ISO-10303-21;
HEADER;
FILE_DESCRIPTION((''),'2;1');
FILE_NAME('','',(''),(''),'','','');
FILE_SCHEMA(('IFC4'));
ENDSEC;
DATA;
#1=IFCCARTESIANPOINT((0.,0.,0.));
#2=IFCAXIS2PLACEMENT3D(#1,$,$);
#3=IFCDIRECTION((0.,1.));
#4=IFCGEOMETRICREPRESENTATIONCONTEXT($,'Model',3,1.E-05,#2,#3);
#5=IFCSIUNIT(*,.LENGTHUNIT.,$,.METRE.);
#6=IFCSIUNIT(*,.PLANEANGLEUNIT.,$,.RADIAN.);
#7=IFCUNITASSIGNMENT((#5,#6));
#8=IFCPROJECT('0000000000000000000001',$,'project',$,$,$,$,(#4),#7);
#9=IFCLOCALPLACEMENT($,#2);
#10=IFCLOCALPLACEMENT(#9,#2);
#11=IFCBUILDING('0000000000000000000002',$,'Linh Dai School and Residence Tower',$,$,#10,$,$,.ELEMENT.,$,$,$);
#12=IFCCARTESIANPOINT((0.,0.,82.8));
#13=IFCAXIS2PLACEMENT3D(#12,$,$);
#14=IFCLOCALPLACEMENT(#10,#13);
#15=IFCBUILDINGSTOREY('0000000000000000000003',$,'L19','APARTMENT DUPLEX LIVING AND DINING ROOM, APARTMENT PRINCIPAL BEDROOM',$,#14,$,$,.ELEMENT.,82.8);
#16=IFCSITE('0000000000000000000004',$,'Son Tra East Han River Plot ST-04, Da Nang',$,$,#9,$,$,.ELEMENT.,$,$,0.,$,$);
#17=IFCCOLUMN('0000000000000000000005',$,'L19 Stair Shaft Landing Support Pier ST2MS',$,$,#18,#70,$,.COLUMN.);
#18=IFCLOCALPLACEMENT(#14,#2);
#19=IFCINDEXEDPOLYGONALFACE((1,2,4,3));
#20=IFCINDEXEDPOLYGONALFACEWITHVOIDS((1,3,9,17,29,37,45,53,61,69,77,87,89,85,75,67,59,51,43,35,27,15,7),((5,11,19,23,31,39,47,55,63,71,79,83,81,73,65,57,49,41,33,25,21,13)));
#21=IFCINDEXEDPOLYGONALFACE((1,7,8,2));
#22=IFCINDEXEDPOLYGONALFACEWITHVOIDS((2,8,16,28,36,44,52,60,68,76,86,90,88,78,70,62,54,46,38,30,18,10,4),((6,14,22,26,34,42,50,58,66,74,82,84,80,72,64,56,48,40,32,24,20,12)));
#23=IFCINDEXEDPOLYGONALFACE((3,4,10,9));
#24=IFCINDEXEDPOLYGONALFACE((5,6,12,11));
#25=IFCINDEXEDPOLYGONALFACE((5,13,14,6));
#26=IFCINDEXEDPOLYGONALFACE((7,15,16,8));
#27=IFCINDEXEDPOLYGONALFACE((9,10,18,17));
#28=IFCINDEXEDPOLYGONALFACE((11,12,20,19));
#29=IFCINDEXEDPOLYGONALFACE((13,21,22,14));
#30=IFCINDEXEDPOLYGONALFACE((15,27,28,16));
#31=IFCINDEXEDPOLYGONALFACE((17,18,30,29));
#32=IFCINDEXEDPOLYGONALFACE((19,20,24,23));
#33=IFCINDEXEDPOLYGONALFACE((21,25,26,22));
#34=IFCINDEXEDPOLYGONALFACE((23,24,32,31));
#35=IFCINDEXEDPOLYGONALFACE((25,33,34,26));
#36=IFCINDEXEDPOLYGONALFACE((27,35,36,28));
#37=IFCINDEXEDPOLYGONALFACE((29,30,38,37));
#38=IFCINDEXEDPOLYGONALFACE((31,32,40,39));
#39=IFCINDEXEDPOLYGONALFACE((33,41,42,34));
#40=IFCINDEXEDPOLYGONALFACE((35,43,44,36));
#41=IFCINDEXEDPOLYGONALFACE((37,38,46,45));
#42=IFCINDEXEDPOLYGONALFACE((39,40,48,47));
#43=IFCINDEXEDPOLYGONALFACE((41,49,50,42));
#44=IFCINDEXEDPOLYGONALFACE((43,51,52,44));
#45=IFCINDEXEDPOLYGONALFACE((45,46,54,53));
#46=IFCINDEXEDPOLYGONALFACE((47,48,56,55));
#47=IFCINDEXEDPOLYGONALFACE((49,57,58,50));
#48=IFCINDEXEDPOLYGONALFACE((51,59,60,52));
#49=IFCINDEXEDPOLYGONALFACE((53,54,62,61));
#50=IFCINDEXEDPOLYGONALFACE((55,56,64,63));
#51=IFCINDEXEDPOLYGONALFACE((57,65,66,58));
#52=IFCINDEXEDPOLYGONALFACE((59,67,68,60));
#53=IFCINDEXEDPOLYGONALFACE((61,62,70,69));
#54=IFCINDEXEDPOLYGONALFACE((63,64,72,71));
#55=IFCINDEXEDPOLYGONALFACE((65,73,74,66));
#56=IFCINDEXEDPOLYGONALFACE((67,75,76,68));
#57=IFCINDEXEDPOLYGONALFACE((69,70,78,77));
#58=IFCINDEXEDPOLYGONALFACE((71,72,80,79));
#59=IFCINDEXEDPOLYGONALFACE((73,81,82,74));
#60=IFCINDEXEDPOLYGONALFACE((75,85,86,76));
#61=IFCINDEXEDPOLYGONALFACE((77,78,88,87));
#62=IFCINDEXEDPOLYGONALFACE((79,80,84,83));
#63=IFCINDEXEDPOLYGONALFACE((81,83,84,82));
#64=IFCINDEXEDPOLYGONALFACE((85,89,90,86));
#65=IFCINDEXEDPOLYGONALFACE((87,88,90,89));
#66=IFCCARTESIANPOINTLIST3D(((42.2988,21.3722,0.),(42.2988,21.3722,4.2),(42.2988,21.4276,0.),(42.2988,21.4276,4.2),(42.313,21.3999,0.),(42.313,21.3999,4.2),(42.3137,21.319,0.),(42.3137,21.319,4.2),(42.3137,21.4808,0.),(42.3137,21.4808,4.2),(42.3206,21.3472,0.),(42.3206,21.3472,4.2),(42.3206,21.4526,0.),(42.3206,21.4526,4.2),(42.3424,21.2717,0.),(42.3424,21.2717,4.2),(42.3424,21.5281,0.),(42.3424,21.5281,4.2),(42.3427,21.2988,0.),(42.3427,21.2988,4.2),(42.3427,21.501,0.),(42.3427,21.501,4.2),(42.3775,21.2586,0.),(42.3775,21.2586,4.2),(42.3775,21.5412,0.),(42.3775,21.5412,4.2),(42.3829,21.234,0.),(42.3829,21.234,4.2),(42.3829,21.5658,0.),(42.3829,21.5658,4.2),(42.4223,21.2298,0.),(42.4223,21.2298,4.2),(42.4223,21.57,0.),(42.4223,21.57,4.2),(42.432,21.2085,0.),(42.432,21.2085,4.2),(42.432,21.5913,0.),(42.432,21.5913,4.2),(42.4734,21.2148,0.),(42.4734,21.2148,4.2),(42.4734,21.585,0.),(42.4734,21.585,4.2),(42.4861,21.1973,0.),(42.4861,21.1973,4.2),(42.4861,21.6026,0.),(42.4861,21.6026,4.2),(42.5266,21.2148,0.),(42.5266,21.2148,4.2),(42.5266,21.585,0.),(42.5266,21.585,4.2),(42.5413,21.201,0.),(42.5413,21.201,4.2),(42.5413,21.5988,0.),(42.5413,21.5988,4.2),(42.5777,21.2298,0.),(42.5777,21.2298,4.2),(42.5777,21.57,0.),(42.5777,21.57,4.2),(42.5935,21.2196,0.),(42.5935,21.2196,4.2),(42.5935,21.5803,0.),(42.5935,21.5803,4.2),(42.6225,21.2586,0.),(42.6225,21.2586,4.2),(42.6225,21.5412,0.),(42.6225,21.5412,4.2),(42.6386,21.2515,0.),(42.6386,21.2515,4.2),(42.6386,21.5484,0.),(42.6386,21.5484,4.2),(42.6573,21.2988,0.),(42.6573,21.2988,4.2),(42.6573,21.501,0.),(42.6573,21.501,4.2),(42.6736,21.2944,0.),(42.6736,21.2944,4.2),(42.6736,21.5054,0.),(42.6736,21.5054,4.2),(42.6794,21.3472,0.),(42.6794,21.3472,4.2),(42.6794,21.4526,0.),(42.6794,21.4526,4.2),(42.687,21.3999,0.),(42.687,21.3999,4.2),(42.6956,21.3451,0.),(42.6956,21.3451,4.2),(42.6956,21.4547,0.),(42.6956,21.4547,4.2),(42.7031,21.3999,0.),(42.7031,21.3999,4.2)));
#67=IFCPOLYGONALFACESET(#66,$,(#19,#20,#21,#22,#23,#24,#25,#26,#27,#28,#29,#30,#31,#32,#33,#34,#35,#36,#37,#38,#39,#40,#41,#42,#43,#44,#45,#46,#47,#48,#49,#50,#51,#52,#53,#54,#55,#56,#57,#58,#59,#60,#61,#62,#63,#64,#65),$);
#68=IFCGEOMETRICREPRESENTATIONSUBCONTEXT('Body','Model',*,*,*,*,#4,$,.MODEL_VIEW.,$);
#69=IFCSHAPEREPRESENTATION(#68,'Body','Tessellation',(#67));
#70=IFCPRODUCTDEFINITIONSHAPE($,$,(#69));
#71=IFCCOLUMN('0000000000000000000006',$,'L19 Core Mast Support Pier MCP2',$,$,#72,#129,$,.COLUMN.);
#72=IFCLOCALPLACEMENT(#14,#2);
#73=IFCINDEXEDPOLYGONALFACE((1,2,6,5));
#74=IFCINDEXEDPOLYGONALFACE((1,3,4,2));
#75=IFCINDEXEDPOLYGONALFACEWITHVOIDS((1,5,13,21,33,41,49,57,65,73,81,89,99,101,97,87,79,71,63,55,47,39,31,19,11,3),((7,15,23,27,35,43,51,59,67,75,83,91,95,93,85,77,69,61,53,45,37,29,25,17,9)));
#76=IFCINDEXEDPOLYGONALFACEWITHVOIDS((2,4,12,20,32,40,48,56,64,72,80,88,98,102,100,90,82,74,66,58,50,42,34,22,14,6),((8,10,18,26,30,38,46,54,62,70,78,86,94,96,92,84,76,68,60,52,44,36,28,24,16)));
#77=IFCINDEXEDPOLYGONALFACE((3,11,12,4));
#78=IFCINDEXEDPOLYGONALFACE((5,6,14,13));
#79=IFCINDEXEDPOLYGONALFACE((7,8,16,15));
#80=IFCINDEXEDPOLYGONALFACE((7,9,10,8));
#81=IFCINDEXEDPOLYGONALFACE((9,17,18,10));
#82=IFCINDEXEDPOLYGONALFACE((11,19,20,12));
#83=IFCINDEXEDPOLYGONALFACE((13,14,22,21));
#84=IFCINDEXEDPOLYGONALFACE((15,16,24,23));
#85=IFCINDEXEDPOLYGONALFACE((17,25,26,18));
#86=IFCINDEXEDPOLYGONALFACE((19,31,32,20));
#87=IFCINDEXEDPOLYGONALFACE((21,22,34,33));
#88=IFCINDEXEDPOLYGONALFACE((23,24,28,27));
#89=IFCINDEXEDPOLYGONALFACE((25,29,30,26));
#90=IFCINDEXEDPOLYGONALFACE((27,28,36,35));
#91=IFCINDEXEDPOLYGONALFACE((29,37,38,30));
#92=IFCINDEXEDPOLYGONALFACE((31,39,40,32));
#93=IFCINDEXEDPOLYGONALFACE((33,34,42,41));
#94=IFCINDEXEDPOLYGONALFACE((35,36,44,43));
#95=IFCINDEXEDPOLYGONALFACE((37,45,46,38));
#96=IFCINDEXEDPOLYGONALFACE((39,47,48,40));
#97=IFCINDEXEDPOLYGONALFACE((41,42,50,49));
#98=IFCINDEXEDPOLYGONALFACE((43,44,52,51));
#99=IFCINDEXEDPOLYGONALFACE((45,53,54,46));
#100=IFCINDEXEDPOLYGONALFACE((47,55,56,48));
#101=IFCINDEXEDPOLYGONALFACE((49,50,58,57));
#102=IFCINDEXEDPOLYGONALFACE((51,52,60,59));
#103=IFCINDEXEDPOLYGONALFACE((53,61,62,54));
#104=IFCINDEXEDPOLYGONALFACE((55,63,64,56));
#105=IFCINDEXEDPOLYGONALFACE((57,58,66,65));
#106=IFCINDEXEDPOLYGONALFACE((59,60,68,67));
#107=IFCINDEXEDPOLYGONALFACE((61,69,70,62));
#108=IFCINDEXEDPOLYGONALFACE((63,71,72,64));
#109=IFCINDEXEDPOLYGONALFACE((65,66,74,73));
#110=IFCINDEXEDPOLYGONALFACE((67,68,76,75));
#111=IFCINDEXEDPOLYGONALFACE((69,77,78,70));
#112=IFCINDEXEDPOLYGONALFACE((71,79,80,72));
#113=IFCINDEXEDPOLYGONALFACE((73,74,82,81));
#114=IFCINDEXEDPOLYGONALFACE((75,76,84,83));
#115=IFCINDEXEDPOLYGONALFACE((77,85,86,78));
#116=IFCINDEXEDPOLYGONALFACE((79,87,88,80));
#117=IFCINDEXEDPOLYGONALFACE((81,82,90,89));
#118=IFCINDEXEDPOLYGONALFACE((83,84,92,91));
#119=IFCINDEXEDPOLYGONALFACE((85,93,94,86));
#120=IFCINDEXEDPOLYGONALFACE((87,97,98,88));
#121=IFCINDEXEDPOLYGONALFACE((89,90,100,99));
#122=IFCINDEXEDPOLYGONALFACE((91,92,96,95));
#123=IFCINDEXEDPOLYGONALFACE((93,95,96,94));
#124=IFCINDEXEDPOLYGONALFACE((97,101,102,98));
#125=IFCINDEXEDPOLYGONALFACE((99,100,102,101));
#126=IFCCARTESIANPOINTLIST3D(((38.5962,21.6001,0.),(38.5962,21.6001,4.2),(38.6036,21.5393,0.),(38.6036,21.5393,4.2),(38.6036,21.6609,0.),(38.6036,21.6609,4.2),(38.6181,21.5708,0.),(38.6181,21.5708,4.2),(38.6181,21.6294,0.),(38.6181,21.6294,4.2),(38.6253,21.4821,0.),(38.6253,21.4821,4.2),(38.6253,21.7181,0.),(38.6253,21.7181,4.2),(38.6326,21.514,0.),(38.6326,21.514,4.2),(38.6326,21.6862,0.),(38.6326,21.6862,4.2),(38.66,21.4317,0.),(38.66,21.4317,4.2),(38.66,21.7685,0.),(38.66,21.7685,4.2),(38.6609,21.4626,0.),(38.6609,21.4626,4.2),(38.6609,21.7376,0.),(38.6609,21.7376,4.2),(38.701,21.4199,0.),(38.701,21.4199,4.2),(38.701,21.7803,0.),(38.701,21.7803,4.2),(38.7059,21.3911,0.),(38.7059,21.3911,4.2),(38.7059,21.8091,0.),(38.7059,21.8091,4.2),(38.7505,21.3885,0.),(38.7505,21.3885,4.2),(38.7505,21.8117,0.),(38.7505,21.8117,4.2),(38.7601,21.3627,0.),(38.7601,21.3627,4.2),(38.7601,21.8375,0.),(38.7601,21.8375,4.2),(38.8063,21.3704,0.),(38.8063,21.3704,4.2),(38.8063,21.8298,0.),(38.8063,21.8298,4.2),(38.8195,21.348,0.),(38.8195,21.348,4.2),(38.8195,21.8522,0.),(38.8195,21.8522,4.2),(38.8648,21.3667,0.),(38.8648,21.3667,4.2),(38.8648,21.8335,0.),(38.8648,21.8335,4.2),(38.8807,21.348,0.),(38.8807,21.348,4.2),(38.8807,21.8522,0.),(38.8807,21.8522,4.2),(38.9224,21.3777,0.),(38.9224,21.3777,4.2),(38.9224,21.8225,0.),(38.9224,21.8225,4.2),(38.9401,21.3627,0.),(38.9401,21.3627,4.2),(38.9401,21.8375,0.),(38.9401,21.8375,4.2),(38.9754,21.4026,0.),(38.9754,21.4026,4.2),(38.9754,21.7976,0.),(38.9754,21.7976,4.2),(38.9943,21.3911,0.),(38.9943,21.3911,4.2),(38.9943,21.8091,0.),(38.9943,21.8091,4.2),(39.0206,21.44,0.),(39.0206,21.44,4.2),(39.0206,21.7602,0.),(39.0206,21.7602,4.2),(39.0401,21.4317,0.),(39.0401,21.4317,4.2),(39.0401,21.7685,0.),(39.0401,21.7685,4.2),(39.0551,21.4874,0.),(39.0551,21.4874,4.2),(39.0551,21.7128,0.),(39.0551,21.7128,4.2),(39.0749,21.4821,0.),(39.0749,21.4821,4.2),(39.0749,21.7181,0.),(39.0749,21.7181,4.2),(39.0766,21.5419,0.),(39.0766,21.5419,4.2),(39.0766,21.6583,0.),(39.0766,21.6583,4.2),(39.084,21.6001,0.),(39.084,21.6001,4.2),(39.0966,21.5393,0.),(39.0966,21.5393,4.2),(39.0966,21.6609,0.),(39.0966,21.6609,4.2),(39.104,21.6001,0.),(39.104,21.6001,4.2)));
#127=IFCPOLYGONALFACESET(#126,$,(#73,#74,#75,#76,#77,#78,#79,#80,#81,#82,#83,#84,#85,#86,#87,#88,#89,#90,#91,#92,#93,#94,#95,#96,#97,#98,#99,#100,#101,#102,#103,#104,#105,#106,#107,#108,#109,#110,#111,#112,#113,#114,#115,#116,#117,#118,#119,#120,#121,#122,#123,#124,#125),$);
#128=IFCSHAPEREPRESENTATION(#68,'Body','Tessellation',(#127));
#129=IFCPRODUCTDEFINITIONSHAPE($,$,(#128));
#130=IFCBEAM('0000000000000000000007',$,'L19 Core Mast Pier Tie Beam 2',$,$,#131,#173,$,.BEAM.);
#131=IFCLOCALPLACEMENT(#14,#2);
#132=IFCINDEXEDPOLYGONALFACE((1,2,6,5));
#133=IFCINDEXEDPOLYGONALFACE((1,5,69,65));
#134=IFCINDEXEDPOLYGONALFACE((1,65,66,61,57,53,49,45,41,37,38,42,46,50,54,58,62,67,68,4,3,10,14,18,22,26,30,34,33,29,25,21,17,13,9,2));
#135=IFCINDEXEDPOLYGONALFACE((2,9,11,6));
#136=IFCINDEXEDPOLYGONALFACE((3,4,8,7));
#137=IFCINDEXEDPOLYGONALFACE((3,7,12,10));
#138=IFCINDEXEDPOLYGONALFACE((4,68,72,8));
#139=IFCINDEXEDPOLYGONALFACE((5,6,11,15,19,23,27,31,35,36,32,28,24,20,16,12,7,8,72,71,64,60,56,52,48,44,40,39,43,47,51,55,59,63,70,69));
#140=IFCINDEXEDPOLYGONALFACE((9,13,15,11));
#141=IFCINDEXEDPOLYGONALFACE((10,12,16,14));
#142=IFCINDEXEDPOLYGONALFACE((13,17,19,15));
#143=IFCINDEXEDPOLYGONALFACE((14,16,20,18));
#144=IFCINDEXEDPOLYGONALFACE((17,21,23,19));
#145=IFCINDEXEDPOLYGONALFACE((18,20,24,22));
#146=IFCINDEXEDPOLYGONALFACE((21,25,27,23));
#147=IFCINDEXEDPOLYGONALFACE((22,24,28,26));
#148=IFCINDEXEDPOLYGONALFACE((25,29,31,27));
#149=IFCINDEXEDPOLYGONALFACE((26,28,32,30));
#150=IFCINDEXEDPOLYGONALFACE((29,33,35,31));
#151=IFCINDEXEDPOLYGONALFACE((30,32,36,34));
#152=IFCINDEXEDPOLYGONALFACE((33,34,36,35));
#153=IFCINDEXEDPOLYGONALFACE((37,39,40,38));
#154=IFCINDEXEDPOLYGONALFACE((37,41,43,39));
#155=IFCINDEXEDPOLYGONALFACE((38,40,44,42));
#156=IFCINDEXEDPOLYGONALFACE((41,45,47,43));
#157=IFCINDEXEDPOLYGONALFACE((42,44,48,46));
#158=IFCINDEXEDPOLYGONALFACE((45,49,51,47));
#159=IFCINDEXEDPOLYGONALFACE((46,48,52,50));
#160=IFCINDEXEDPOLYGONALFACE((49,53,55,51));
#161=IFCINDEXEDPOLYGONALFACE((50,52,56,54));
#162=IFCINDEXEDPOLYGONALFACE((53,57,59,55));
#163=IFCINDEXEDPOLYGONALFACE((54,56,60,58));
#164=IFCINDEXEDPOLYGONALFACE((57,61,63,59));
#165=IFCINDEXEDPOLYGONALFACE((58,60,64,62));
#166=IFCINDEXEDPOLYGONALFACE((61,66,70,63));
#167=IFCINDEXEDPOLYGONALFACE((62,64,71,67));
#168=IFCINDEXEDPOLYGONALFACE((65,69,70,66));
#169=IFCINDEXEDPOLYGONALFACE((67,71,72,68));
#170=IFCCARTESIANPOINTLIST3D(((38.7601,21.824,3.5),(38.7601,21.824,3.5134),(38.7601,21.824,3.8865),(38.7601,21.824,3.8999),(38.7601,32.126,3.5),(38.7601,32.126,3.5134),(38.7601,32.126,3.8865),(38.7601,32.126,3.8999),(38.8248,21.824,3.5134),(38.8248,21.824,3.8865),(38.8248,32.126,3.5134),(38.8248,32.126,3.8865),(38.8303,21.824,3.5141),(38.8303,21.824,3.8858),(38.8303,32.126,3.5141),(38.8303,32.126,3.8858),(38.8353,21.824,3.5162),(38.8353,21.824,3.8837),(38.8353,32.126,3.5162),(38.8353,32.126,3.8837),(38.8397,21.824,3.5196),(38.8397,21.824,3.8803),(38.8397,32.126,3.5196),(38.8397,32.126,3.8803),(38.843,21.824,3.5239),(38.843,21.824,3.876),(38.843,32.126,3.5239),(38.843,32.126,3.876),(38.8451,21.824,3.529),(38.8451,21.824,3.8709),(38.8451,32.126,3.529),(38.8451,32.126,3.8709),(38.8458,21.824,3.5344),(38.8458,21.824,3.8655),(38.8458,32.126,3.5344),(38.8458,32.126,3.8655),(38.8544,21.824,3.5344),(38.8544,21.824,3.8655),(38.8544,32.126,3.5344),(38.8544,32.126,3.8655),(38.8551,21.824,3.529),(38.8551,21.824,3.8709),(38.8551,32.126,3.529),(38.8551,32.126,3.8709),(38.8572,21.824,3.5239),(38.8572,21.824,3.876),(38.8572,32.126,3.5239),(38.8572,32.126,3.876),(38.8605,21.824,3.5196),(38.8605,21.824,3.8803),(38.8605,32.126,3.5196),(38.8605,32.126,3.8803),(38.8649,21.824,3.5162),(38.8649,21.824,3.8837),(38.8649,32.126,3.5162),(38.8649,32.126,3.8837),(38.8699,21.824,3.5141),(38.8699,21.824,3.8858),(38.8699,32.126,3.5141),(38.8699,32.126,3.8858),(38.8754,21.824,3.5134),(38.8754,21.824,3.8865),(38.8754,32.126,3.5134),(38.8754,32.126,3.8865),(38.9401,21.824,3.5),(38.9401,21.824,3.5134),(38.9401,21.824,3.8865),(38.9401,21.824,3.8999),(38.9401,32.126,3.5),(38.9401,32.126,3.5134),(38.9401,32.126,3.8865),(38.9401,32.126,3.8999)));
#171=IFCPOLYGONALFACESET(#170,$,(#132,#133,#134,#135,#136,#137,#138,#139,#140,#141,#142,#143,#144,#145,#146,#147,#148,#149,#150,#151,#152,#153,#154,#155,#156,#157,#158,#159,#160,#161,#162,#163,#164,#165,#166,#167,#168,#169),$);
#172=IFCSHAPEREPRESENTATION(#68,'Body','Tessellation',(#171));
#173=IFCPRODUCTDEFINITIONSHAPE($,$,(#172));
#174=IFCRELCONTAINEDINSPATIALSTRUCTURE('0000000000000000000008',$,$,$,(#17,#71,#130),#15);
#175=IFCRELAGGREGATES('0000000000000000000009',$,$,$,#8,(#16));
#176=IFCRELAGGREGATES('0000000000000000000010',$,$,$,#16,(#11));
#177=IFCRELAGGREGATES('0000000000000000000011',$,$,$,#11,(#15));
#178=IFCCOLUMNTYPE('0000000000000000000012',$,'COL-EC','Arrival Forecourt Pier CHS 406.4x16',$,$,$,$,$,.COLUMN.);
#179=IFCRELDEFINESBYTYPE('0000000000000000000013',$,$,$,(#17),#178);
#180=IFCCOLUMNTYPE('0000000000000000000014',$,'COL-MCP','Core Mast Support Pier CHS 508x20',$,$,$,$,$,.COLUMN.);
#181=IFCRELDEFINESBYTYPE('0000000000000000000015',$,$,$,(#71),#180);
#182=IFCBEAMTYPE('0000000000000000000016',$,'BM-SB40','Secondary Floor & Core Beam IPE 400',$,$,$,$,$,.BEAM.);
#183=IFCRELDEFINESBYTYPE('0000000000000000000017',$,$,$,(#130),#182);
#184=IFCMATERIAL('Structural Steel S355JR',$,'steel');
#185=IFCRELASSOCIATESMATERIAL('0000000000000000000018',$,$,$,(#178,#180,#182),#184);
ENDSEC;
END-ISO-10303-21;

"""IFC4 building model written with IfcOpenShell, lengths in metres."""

from ifc_helpers import new_model, si_unit, direction, frame, origin, origin_2d, place, context, subcontext, project, spatial, hollow_circle, i_section, extrude, material, material_profile, profile_set, type_object, element, save


model = new_model("IFC4")

# Units and contexts
model_context = context("Model", 3, precision=1e-05, world=origin(), true_north=direction((0.0, 1.0)))
body_context = subcontext(model_context, "Body", "Model", "MODEL_VIEW")
ifc_project = project(units=[si_unit("LENGTHUNIT", "METRE"), si_unit("PLANEANGLEUNIT", "RADIAN")], contexts=[model_context])

# Site, building, storey
site_placement = place(None, origin())
site = spatial("IfcSite", under=ifc_project, at=site_placement, Name="Son Tra East Han River Plot ST-04, Da Nang", CompositionType="ELEMENT", RefElevation=0.0)
building_placement = place(site_placement, origin())
building = spatial("IfcBuilding", under=site, at=building_placement, Name="Linh Dai School and Residence Tower", CompositionType="ELEMENT")
storey_placement = place(building_placement, frame((0.0, 0.0, 82.8)))
storey = spatial("IfcBuildingStorey", under=building, at=storey_placement, Name="L19", Description="APARTMENT DUPLEX LIVING AND DINING ROOM, APARTMENT PRINCIPAL BEDROOM", CompositionType="ELEMENT", Elevation=82.8)

# Columns
ifc_material_1 = material(Name="Structural Steel S355JR", Category="steel")
ifc_material_profile_1 = material_profile(ifc_material_1, hollow_circle(Radius=0.2031, WallThickness=0.0161, at=origin_2d()), Name="CHS 406.4x16")
ifc_profile_set_1 = profile_set([ifc_material_profile_1], Name="Structural Steel S355JR")
column_type_1 = type_object("IfcColumnType", Name="COL-EC", Description="Arrival Forecourt Pier CHS 406.4x16", PredefinedType="COLUMN", material=ifc_profile_set_1)
column_1_placement = place(storey_placement, frame((42.5, 21.3999, 0.0), z_axis=(0.0, 0.0, 1.0), x_axis=(1.0, 0.0, 0.0)))
element("IfcColumn", 1, at=column_1_placement, inside=storey, type_object=column_type_1, Name="L19 Stair Shaft Landing Support Pier ST2MS", PredefinedType="COLUMN", context=body_context, shape_type="SweptSolid", body=[
    extrude(hollow_circle(Radius=0.2031, WallThickness=0.0161, at=origin_2d()), origin(), (0.0, 0.0, 1.0), 4.2),
])
ifc_material_profile_2 = material_profile(ifc_material_1, hollow_circle(Radius=0.2539, WallThickness=0.02, at=origin_2d()), Name="CHS 508x20")
ifc_profile_set_2 = profile_set([ifc_material_profile_2], Name="Structural Steel S355JR")
column_type_2 = type_object("IfcColumnType", Name="COL-MCP", Description="Core Mast Support Pier CHS 508x20", PredefinedType="COLUMN", material=ifc_profile_set_2)
column_2_placement = place(storey_placement, frame((38.8501, 21.6001, 0.0), z_axis=(0.0, 0.0, 1.0), x_axis=(1.0, 0.0, 0.0)))
element("IfcColumn", 2, at=column_2_placement, inside=storey, type_object=column_type_2, Name="L19 Core Mast Support Pier MCP2", PredefinedType="COLUMN", context=body_context, shape_type="SweptSolid", body=[
    extrude(hollow_circle(Radius=0.2539, WallThickness=0.02, at=origin_2d()), origin(), (0.0, 0.0, 1.0), 4.2),
])

# Beam
ifc_material_profile_3 = material_profile(ifc_material_1, i_section(OverallWidth=0.1799, OverallDepth=0.3999, WebThickness=0.0085, FlangeThickness=0.0134, FilletRadius=0.021, at=origin_2d()), Name="IPE 400")
ifc_profile_set_3 = profile_set([ifc_material_profile_3], Name="Structural Steel S355JR")
beam_type = type_object("IfcBeamType", Name="BM-SB40", Description="Secondary Floor & Core Beam IPE 400", PredefinedType="BEAM", material=ifc_profile_set_3)
beam_placement = place(storey_placement, frame((38.8501, 21.824, 3.7), z_axis=(0.0, 1.0, 0.0), x_axis=(-1.0, 0.0, 0.0)))
element("IfcBeam", 3, at=beam_placement, inside=storey, type_object=beam_type, Name="L19 Core Mast Pier Tie Beam 2", PredefinedType="BEAM", context=body_context, shape_type="SweptSolid", body=[
    extrude(i_section(OverallWidth=0.1799, OverallDepth=0.3999, WebThickness=0.0085, FlangeThickness=0.0134, FilletRadius=0.021, at=origin_2d()), origin(), (0.0, 0.0, 1.0), 10.302),
])

save(model, "model.ifc")
